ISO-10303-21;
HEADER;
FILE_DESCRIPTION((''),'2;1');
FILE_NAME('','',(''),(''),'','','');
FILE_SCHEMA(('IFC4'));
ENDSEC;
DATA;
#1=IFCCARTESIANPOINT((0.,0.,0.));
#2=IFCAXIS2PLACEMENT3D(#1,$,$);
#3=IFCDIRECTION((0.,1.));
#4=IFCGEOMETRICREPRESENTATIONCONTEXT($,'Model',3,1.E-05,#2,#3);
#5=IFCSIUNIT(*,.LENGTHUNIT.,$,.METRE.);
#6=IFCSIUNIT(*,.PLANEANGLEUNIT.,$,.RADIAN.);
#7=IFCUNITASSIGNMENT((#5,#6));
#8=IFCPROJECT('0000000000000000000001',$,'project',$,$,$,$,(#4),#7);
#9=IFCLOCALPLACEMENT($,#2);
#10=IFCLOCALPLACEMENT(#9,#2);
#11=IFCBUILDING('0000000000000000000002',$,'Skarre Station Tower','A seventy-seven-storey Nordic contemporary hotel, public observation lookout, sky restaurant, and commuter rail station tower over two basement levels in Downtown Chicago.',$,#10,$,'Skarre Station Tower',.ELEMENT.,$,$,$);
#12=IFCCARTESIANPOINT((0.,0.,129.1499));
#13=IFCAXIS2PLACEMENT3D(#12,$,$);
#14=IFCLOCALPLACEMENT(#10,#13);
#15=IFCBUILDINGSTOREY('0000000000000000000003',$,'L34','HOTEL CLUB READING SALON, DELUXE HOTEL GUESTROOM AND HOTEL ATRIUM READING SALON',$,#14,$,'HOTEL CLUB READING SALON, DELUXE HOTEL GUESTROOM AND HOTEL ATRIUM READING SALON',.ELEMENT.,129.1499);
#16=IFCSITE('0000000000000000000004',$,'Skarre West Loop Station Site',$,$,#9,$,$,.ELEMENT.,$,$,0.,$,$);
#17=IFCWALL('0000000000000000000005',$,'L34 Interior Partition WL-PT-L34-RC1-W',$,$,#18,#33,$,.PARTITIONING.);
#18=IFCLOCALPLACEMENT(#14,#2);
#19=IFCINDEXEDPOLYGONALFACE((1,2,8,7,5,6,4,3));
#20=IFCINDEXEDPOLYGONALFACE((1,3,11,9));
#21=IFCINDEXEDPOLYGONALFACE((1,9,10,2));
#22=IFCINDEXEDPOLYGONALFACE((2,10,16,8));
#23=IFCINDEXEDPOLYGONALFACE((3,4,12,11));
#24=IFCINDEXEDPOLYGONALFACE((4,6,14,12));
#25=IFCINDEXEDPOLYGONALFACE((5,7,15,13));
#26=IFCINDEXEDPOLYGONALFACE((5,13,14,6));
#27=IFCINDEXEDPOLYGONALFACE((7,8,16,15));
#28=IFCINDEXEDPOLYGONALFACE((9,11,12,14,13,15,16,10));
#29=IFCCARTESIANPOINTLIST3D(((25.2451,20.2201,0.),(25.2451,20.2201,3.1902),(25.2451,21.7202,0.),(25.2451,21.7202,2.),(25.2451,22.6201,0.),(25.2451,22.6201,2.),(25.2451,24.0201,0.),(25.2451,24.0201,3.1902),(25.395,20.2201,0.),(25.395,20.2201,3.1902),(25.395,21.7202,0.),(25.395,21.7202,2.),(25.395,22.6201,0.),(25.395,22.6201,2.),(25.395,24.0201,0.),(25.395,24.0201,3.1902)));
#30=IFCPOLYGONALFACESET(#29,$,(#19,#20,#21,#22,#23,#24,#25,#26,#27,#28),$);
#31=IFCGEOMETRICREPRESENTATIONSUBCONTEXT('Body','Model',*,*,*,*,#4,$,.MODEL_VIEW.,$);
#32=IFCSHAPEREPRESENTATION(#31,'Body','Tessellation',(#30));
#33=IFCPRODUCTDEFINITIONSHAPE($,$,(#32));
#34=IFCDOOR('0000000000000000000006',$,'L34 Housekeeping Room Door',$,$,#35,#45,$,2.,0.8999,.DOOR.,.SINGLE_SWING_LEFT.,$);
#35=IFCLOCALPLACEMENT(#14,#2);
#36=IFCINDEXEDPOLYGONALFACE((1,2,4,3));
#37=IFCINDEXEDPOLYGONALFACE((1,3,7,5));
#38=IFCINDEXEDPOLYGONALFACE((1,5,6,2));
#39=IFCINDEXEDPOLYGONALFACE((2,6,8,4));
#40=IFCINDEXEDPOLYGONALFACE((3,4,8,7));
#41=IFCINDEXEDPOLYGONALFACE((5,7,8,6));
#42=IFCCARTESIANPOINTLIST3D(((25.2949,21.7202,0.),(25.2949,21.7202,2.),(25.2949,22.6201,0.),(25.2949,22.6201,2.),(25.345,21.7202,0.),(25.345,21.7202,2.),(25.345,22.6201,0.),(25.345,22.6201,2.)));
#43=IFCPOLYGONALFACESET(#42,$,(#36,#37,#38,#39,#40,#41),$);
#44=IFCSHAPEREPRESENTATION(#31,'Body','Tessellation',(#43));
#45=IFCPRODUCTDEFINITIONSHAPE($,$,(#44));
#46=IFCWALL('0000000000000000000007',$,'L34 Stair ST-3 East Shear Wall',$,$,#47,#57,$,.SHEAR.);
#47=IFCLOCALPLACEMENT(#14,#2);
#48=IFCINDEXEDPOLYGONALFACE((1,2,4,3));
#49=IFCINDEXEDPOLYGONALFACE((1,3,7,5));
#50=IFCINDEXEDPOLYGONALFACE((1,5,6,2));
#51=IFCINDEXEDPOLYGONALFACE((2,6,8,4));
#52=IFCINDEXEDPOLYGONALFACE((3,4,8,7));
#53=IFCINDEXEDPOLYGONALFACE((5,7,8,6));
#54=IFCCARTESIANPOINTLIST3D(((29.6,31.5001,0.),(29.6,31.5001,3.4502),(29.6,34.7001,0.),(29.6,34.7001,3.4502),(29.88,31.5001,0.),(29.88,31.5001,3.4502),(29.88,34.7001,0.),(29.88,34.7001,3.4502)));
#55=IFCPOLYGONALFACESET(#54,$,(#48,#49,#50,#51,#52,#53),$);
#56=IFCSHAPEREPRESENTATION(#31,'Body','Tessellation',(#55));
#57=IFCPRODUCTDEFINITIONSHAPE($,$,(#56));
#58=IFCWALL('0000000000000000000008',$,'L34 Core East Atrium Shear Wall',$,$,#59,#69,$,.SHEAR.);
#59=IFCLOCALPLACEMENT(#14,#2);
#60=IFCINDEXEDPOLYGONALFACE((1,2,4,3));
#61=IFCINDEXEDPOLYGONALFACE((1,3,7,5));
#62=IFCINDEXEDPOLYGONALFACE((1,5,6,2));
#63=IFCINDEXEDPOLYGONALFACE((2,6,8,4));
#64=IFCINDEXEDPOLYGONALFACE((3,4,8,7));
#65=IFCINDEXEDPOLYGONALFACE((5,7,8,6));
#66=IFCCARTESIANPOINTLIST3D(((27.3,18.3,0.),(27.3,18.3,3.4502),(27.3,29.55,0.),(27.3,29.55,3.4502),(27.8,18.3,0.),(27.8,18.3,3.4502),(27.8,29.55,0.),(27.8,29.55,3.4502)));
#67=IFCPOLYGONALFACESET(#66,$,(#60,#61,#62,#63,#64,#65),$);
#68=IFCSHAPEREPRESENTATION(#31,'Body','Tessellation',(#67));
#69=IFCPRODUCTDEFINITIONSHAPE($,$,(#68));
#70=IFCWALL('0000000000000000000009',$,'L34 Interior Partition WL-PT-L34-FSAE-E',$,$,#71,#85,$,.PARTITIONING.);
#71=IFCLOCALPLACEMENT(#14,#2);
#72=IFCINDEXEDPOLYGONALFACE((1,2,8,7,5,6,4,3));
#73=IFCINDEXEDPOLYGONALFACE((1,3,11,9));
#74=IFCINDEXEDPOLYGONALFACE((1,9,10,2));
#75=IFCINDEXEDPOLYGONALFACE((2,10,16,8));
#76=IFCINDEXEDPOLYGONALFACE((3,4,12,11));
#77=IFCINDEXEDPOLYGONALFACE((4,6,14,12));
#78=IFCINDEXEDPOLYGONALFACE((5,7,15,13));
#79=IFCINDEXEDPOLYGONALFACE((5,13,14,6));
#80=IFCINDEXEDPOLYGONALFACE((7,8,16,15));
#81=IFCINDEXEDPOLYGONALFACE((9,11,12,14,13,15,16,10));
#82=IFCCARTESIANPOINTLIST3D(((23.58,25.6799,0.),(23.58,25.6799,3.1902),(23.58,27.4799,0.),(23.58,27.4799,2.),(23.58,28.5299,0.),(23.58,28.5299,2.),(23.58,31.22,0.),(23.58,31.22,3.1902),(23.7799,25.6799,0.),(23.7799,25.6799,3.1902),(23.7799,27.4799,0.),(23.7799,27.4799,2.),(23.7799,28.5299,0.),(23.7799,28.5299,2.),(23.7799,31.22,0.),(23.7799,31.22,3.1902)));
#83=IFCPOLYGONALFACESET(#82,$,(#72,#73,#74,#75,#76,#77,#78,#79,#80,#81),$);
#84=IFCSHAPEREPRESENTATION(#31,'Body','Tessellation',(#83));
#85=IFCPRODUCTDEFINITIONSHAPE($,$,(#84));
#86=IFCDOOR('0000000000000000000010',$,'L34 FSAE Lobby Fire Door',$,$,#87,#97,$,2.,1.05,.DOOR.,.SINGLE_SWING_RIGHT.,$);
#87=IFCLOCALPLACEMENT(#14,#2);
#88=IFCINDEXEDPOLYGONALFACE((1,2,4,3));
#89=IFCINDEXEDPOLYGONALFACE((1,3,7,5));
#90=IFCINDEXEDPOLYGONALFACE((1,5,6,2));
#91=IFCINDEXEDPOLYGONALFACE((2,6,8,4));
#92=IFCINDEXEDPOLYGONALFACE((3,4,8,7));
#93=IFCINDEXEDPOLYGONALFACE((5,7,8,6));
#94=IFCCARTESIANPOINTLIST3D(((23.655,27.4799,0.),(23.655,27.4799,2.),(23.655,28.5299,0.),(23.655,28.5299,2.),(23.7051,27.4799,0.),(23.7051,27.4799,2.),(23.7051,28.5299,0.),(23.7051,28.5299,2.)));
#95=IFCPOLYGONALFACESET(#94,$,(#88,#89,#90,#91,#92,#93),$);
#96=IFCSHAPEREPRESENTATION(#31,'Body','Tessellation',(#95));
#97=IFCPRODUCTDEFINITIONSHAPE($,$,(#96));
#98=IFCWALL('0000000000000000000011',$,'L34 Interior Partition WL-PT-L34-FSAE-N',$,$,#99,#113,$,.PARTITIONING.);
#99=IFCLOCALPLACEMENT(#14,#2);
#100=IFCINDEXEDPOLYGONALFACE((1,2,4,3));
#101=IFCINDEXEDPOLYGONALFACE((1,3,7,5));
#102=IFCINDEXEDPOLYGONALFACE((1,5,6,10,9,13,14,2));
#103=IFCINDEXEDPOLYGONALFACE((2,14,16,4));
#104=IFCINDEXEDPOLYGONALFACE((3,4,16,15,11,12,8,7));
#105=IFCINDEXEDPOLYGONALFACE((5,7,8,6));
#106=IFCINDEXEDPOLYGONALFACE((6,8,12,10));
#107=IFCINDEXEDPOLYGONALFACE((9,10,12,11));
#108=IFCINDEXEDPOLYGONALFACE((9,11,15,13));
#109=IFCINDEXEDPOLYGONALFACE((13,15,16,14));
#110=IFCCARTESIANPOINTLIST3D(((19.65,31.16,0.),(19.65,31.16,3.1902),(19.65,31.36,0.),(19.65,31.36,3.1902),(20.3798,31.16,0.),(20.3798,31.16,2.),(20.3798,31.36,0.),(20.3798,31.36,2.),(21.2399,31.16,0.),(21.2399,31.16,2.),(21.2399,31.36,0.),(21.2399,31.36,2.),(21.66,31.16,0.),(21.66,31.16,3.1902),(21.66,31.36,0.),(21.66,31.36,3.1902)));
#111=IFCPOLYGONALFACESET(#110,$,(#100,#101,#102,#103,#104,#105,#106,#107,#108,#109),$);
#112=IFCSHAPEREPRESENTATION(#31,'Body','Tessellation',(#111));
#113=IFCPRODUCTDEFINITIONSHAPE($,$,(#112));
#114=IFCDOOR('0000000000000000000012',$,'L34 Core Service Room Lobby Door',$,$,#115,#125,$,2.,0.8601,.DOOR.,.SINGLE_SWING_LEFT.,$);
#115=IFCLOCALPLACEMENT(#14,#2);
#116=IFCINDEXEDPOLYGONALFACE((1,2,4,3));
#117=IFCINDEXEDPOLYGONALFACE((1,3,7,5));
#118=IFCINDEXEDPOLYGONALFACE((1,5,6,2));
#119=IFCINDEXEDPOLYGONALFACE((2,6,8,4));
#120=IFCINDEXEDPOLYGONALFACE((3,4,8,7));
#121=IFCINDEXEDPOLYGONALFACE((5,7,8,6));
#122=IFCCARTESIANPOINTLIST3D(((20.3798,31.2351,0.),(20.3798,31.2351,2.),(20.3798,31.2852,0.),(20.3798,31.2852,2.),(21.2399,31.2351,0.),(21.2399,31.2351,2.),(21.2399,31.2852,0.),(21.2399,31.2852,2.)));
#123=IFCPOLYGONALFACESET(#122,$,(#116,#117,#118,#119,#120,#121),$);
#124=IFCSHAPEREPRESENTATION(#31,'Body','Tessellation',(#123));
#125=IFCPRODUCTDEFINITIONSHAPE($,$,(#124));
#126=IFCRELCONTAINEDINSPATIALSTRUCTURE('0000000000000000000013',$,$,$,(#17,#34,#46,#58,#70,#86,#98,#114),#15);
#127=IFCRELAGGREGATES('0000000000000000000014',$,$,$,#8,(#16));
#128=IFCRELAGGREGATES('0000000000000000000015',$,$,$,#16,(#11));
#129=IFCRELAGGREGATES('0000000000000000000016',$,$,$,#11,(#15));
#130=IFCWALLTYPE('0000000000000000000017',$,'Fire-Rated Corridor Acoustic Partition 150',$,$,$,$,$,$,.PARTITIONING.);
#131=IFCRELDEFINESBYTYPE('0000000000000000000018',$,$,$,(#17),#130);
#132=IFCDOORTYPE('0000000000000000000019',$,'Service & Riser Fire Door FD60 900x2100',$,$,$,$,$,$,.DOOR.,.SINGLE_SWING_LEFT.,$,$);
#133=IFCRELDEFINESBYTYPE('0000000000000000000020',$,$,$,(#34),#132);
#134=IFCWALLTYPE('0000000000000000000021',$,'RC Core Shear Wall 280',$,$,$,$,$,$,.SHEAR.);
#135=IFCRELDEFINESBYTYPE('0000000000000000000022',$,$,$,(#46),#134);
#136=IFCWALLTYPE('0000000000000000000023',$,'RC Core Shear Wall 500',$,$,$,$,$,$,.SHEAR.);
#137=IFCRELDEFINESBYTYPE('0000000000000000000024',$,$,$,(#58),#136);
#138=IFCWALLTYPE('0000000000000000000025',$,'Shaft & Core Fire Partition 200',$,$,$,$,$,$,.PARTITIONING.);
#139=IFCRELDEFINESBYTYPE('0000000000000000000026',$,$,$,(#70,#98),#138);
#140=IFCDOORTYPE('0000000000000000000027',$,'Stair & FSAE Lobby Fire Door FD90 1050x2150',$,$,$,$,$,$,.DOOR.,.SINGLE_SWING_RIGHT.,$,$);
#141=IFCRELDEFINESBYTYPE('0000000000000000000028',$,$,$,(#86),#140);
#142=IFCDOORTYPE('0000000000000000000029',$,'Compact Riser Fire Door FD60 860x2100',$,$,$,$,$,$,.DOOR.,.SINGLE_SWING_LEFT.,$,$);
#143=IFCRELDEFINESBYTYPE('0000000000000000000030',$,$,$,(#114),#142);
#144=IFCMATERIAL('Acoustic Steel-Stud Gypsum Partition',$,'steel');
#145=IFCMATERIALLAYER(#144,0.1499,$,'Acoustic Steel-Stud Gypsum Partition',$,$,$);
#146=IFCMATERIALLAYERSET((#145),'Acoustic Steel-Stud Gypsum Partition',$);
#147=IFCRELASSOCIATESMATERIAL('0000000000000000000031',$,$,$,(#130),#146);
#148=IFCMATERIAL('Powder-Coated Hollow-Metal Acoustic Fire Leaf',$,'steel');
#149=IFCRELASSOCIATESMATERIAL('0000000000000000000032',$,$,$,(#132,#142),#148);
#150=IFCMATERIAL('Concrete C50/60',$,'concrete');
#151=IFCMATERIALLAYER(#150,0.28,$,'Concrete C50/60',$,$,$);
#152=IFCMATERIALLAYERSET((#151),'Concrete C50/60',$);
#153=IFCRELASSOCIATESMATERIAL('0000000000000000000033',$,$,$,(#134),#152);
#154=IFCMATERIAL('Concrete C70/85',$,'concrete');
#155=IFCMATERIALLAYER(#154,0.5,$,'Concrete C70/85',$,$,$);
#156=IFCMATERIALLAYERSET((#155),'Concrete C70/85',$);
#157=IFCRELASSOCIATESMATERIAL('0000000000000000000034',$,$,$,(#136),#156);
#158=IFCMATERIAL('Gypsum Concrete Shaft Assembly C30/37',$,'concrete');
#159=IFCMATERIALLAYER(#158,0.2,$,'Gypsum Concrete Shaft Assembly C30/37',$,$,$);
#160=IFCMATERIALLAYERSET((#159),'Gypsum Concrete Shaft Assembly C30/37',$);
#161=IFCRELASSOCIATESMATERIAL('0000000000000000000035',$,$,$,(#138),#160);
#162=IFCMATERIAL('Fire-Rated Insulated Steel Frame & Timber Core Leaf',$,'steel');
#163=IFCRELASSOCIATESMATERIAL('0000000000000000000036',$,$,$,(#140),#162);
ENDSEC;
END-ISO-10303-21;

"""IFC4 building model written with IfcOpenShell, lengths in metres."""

from ifc_helpers import new_model, si_unit, direction, frame, frame_2d, origin, place, context, subcontext, project, spatial, rectangle, extrude, material, layer, layer_set, type_object, element, fill, save


model = new_model("IFC4")

# Units and contexts
model_context = context("Model", 3, precision=1e-05, world=origin(), true_north=direction((0.0, 1.0)))
body_context = subcontext(model_context, "Body", "Model", "MODEL_VIEW")
ifc_project = project(units=[si_unit("LENGTHUNIT", "METRE"), si_unit("PLANEANGLEUNIT", "RADIAN")], contexts=[model_context])

# Site, building, storey
site_placement = place(None, origin())
site = spatial("IfcSite", under=ifc_project, at=site_placement, Name="Skarre West Loop Station Site", CompositionType="ELEMENT", RefElevation=0.0)
building_placement = place(site_placement, origin())
building = spatial("IfcBuilding", under=site, at=building_placement, Name="Skarre Station Tower", Description="A seventy-seven-storey Nordic contemporary hotel, public observation lookout, sky restaurant, and commuter rail station tower over two basement levels in Downtown Chicago.", LongName="Skarre Station Tower", CompositionType="ELEMENT")
storey_placement = place(building_placement, frame((0.0, 0.0, 129.1499)))
storey = spatial("IfcBuildingStorey", under=building, at=storey_placement, Name="L34", Description="HOTEL CLUB READING SALON, DELUXE HOTEL GUESTROOM AND HOTEL ATRIUM READING SALON", LongName="HOTEL CLUB READING SALON, DELUXE HOTEL GUESTROOM AND HOTEL ATRIUM READING SALON", CompositionType="ELEMENT", Elevation=129.1499)

# Wall, opening, door
ifc_material_1 = material(Name="Acoustic Steel-Stud Gypsum Partition", Category="steel")
ifc_layer_1 = layer(ifc_material_1, 0.1499, Name="Acoustic Steel-Stud Gypsum Partition")
ifc_layer_set_1 = layer_set([ifc_layer_1], Name="Acoustic Steel-Stud Gypsum Partition")
wall_type_1 = type_object("IfcWallType", Name="Fire-Rated Corridor Acoustic Partition 150", PredefinedType="PARTITIONING", material=ifc_layer_set_1)
wall_1_placement = place(storey_placement, frame((25.3201, 24.02, 0.0), z_axis=(0.0, 0.0, 1.0), x_axis=(0.0, -1.0, 0.0)))
wall_1 = element("IfcWall", 1, at=wall_1_placement, inside=storey, type_object=wall_type_1, Name="L34 Interior Partition WL-PT-L34-RC1-W", PredefinedType="PARTITIONING", context=body_context, shape_type="SweptSolid", body=[
    extrude(rectangle(XDim=3.8, YDim=0.1499, at=frame_2d((1.8999, 0.0))), origin(), (0.0, 0.0, 1.0), 3.1902),
])
opening_1_placement = place(wall_1_placement, frame((1.3999, 0.0, 0.0)))
opening_1 = element("IfcOpeningElement", 2, at=opening_1_placement, cuts=wall_1, PredefinedType="OPENING", context=body_context, shape_type="SweptSolid", body=[
    extrude(rectangle(XDim=0.8999, YDim=2.0, at=frame_2d((0.45, 1.0))), frame((0.0, 0.085, 0.0), z_axis=(0.0, -1.0, 0.0), x_axis=(1.0, 0.0, 0.0)), (0.0, 0.0, 1.0), 0.1699),
])
ifc_material_2 = material(Name="Powder-Coated Hollow-Metal Acoustic Fire Leaf", Category="steel")
door_type_1 = type_object("IfcDoorType", Name="Service & Riser Fire Door FD60 900x2100", OperationType="SINGLE_SWING_LEFT", PredefinedType="DOOR", material=ifc_material_2)
door_1_placement = place(opening_1_placement, origin())
door_1 = element("IfcDoor", 3, at=door_1_placement, inside=storey, type_object=door_type_1, Name="L34 Housekeeping Room Door", OperationType="SINGLE_SWING_LEFT", OverallHeight=2.0, OverallWidth=0.8999, PredefinedType="DOOR", context=body_context, shape_type="SweptSolid", body=[
    extrude(rectangle(XDim=0.8999, YDim=2.0, at=frame_2d((0.45, 1.0))), frame((0.0, 0.0249, 0.0), z_axis=(0.0, -1.0, 0.0), x_axis=(1.0, 0.0, 0.0)), (0.0, 0.0, 1.0), 0.05),
])
fill(opening_1, door_1)

# Walls
ifc_material_3 = material(Name="Concrete C50/60", Category="concrete")
ifc_layer_2 = layer(ifc_material_3, 0.28, Name="Concrete C50/60")
ifc_layer_set_2 = layer_set([ifc_layer_2], Name="Concrete C50/60")
wall_type_2 = type_object("IfcWallType", Name="RC Core Shear Wall 280", PredefinedType="SHEAR", material=ifc_layer_set_2)
wall_2_placement = place(storey_placement, frame((29.74, 31.5, 0.0), z_axis=(0.0, 0.0, 1.0), x_axis=(0.0, 1.0, 0.0)))
element("IfcWall", 4, at=wall_2_placement, inside=storey, type_object=wall_type_2, Name="L34 Stair ST-3 East Shear Wall", PredefinedType="SHEAR", context=body_context, shape_type="SweptSolid", body=[
    extrude(rectangle(XDim=3.2, YDim=0.28, at=frame_2d((1.6001, 0.0))), origin(), (0.0, 0.0, 1.0), 3.4502),
])
ifc_material_4 = material(Name="Concrete C70/85", Category="concrete")
ifc_layer_3 = layer(ifc_material_4, 0.5, Name="Concrete C70/85")
ifc_layer_set_3 = layer_set([ifc_layer_3], Name="Concrete C70/85")
wall_type_3 = type_object("IfcWallType", Name="RC Core Shear Wall 500", PredefinedType="SHEAR", material=ifc_layer_set_3)
wall_3_placement = place(storey_placement, frame((27.55, 29.55, 0.0), z_axis=(0.0, 0.0, 1.0), x_axis=(0.0, -1.0, 0.0)))
element("IfcWall", 5, at=wall_3_placement, inside=storey, type_object=wall_type_3, Name="L34 Core East Atrium Shear Wall", PredefinedType="SHEAR", context=body_context, shape_type="SweptSolid", body=[
    extrude(rectangle(XDim=11.25, YDim=0.5, at=frame_2d((5.625, 0.0))), origin(), (0.0, 0.0, 1.0), 3.4502),
])

# Walls, openings, doors
ifc_material_5 = material(Name="Gypsum Concrete Shaft Assembly C30/37", Category="concrete")
ifc_layer_4 = layer(ifc_material_5, 0.2, Name="Gypsum Concrete Shaft Assembly C30/37")
ifc_layer_set_4 = layer_set([ifc_layer_4], Name="Gypsum Concrete Shaft Assembly C30/37")
wall_type_4 = type_object("IfcWallType", Name="Shaft & Core Fire Partition 200", PredefinedType="PARTITIONING", material=ifc_layer_set_4)
wall_4_placement = place(storey_placement, frame((23.6799, 25.6799, 0.0), z_axis=(0.0, 0.0, 1.0), x_axis=(0.0, 1.0, 0.0)))
wall_4 = element("IfcWall", 6, at=wall_4_placement, inside=storey, type_object=wall_type_4, Name="L34 Interior Partition WL-PT-L34-FSAE-E", PredefinedType="PARTITIONING", context=body_context, shape_type="SweptSolid", body=[
    extrude(rectangle(XDim=5.54, YDim=0.2, at=frame_2d((2.77, 0.0))), origin(), (0.0, 0.0, 1.0), 3.1902),
])
opening_2_placement = place(wall_4_placement, frame((1.8, 0.0, 0.0)))
opening_2 = element("IfcOpeningElement", 7, at=opening_2_placement, cuts=wall_4, PredefinedType="OPENING", context=body_context, shape_type="SweptSolid", body=[
    extrude(rectangle(XDim=1.05, YDim=2.0, at=frame_2d((0.5249, 1.0))), frame((0.0, 0.1099, 0.0), z_axis=(0.0, -1.0, 0.0), x_axis=(1.0, 0.0, 0.0)), (0.0, 0.0, 1.0), 0.22),
])
ifc_material_6 = material(Name="Fire-Rated Insulated Steel Frame & Timber Core Leaf", Category="steel")
door_type_2 = type_object("IfcDoorType", Name="Stair & FSAE Lobby Fire Door FD90 1050x2150", OperationType="SINGLE_SWING_RIGHT", PredefinedType="DOOR", material=ifc_material_6)
door_2_placement = place(opening_2_placement, origin())
door_2 = element("IfcDoor", 8, at=door_2_placement, inside=storey, type_object=door_type_2, Name="L34 FSAE Lobby Fire Door", OperationType="SINGLE_SWING_RIGHT", OverallHeight=2.0, OverallWidth=1.05, PredefinedType="DOOR", context=body_context, shape_type="SweptSolid", body=[
    extrude(rectangle(XDim=1.05, YDim=2.0, at=frame_2d((0.5249, 1.0))), frame((0.0, 0.0249, 0.0), z_axis=(0.0, -1.0, 0.0), x_axis=(1.0, 0.0, 0.0)), (0.0, 0.0, 1.0), 0.05),
])
fill(opening_2, door_2)
wall_5_placement = place(storey_placement, frame((21.6599, 31.26, 0.0), z_axis=(0.0, 0.0, 1.0), x_axis=(-1.0, 0.0, 0.0)))
wall_5 = element("IfcWall", 9, at=wall_5_placement, inside=storey, type_object=wall_type_4, Name="L34 Interior Partition WL-PT-L34-FSAE-N", PredefinedType="PARTITIONING", context=body_context, shape_type="SweptSolid", body=[
    extrude(rectangle(XDim=2.01, YDim=0.2, at=frame_2d((1.0049, 0.0))), origin(), (0.0, 0.0, 1.0), 3.1902),
])
opening_3_placement = place(wall_5_placement, frame((0.4199, 0.0, 0.0)))
opening_3 = element("IfcOpeningElement", 10, at=opening_3_placement, cuts=wall_5, PredefinedType="OPENING", context=body_context, shape_type="SweptSolid", body=[
    extrude(rectangle(XDim=0.8601, YDim=2.0, at=frame_2d((0.4302, 1.0))), frame((0.0, 0.1099, 0.0), z_axis=(0.0, -1.0, 0.0), x_axis=(1.0, 0.0, 0.0)), (0.0, 0.0, 1.0), 0.22),
])
door_type_3 = type_object("IfcDoorType", Name="Compact Riser Fire Door FD60 860x2100", OperationType="SINGLE_SWING_LEFT", PredefinedType="DOOR", material=ifc_material_2)
door_3_placement = place(opening_3_placement, origin())
door_3 = element("IfcDoor", 11, at=door_3_placement, inside=storey, type_object=door_type_3, Name="L34 Core Service Room Lobby Door", OperationType="SINGLE_SWING_LEFT", OverallHeight=2.0, OverallWidth=0.8601, PredefinedType="DOOR", context=body_context, shape_type="SweptSolid", body=[
    extrude(rectangle(XDim=0.8601, YDim=2.0, at=frame_2d((0.4302, 1.0))), frame((0.0, 0.0249, 0.0), z_axis=(0.0, -1.0, 0.0), x_axis=(1.0, 0.0, 0.0)), (0.0, 0.0, 1.0), 0.05),
])
fill(opening_3, door_3)

save(model, "model.ifc")
